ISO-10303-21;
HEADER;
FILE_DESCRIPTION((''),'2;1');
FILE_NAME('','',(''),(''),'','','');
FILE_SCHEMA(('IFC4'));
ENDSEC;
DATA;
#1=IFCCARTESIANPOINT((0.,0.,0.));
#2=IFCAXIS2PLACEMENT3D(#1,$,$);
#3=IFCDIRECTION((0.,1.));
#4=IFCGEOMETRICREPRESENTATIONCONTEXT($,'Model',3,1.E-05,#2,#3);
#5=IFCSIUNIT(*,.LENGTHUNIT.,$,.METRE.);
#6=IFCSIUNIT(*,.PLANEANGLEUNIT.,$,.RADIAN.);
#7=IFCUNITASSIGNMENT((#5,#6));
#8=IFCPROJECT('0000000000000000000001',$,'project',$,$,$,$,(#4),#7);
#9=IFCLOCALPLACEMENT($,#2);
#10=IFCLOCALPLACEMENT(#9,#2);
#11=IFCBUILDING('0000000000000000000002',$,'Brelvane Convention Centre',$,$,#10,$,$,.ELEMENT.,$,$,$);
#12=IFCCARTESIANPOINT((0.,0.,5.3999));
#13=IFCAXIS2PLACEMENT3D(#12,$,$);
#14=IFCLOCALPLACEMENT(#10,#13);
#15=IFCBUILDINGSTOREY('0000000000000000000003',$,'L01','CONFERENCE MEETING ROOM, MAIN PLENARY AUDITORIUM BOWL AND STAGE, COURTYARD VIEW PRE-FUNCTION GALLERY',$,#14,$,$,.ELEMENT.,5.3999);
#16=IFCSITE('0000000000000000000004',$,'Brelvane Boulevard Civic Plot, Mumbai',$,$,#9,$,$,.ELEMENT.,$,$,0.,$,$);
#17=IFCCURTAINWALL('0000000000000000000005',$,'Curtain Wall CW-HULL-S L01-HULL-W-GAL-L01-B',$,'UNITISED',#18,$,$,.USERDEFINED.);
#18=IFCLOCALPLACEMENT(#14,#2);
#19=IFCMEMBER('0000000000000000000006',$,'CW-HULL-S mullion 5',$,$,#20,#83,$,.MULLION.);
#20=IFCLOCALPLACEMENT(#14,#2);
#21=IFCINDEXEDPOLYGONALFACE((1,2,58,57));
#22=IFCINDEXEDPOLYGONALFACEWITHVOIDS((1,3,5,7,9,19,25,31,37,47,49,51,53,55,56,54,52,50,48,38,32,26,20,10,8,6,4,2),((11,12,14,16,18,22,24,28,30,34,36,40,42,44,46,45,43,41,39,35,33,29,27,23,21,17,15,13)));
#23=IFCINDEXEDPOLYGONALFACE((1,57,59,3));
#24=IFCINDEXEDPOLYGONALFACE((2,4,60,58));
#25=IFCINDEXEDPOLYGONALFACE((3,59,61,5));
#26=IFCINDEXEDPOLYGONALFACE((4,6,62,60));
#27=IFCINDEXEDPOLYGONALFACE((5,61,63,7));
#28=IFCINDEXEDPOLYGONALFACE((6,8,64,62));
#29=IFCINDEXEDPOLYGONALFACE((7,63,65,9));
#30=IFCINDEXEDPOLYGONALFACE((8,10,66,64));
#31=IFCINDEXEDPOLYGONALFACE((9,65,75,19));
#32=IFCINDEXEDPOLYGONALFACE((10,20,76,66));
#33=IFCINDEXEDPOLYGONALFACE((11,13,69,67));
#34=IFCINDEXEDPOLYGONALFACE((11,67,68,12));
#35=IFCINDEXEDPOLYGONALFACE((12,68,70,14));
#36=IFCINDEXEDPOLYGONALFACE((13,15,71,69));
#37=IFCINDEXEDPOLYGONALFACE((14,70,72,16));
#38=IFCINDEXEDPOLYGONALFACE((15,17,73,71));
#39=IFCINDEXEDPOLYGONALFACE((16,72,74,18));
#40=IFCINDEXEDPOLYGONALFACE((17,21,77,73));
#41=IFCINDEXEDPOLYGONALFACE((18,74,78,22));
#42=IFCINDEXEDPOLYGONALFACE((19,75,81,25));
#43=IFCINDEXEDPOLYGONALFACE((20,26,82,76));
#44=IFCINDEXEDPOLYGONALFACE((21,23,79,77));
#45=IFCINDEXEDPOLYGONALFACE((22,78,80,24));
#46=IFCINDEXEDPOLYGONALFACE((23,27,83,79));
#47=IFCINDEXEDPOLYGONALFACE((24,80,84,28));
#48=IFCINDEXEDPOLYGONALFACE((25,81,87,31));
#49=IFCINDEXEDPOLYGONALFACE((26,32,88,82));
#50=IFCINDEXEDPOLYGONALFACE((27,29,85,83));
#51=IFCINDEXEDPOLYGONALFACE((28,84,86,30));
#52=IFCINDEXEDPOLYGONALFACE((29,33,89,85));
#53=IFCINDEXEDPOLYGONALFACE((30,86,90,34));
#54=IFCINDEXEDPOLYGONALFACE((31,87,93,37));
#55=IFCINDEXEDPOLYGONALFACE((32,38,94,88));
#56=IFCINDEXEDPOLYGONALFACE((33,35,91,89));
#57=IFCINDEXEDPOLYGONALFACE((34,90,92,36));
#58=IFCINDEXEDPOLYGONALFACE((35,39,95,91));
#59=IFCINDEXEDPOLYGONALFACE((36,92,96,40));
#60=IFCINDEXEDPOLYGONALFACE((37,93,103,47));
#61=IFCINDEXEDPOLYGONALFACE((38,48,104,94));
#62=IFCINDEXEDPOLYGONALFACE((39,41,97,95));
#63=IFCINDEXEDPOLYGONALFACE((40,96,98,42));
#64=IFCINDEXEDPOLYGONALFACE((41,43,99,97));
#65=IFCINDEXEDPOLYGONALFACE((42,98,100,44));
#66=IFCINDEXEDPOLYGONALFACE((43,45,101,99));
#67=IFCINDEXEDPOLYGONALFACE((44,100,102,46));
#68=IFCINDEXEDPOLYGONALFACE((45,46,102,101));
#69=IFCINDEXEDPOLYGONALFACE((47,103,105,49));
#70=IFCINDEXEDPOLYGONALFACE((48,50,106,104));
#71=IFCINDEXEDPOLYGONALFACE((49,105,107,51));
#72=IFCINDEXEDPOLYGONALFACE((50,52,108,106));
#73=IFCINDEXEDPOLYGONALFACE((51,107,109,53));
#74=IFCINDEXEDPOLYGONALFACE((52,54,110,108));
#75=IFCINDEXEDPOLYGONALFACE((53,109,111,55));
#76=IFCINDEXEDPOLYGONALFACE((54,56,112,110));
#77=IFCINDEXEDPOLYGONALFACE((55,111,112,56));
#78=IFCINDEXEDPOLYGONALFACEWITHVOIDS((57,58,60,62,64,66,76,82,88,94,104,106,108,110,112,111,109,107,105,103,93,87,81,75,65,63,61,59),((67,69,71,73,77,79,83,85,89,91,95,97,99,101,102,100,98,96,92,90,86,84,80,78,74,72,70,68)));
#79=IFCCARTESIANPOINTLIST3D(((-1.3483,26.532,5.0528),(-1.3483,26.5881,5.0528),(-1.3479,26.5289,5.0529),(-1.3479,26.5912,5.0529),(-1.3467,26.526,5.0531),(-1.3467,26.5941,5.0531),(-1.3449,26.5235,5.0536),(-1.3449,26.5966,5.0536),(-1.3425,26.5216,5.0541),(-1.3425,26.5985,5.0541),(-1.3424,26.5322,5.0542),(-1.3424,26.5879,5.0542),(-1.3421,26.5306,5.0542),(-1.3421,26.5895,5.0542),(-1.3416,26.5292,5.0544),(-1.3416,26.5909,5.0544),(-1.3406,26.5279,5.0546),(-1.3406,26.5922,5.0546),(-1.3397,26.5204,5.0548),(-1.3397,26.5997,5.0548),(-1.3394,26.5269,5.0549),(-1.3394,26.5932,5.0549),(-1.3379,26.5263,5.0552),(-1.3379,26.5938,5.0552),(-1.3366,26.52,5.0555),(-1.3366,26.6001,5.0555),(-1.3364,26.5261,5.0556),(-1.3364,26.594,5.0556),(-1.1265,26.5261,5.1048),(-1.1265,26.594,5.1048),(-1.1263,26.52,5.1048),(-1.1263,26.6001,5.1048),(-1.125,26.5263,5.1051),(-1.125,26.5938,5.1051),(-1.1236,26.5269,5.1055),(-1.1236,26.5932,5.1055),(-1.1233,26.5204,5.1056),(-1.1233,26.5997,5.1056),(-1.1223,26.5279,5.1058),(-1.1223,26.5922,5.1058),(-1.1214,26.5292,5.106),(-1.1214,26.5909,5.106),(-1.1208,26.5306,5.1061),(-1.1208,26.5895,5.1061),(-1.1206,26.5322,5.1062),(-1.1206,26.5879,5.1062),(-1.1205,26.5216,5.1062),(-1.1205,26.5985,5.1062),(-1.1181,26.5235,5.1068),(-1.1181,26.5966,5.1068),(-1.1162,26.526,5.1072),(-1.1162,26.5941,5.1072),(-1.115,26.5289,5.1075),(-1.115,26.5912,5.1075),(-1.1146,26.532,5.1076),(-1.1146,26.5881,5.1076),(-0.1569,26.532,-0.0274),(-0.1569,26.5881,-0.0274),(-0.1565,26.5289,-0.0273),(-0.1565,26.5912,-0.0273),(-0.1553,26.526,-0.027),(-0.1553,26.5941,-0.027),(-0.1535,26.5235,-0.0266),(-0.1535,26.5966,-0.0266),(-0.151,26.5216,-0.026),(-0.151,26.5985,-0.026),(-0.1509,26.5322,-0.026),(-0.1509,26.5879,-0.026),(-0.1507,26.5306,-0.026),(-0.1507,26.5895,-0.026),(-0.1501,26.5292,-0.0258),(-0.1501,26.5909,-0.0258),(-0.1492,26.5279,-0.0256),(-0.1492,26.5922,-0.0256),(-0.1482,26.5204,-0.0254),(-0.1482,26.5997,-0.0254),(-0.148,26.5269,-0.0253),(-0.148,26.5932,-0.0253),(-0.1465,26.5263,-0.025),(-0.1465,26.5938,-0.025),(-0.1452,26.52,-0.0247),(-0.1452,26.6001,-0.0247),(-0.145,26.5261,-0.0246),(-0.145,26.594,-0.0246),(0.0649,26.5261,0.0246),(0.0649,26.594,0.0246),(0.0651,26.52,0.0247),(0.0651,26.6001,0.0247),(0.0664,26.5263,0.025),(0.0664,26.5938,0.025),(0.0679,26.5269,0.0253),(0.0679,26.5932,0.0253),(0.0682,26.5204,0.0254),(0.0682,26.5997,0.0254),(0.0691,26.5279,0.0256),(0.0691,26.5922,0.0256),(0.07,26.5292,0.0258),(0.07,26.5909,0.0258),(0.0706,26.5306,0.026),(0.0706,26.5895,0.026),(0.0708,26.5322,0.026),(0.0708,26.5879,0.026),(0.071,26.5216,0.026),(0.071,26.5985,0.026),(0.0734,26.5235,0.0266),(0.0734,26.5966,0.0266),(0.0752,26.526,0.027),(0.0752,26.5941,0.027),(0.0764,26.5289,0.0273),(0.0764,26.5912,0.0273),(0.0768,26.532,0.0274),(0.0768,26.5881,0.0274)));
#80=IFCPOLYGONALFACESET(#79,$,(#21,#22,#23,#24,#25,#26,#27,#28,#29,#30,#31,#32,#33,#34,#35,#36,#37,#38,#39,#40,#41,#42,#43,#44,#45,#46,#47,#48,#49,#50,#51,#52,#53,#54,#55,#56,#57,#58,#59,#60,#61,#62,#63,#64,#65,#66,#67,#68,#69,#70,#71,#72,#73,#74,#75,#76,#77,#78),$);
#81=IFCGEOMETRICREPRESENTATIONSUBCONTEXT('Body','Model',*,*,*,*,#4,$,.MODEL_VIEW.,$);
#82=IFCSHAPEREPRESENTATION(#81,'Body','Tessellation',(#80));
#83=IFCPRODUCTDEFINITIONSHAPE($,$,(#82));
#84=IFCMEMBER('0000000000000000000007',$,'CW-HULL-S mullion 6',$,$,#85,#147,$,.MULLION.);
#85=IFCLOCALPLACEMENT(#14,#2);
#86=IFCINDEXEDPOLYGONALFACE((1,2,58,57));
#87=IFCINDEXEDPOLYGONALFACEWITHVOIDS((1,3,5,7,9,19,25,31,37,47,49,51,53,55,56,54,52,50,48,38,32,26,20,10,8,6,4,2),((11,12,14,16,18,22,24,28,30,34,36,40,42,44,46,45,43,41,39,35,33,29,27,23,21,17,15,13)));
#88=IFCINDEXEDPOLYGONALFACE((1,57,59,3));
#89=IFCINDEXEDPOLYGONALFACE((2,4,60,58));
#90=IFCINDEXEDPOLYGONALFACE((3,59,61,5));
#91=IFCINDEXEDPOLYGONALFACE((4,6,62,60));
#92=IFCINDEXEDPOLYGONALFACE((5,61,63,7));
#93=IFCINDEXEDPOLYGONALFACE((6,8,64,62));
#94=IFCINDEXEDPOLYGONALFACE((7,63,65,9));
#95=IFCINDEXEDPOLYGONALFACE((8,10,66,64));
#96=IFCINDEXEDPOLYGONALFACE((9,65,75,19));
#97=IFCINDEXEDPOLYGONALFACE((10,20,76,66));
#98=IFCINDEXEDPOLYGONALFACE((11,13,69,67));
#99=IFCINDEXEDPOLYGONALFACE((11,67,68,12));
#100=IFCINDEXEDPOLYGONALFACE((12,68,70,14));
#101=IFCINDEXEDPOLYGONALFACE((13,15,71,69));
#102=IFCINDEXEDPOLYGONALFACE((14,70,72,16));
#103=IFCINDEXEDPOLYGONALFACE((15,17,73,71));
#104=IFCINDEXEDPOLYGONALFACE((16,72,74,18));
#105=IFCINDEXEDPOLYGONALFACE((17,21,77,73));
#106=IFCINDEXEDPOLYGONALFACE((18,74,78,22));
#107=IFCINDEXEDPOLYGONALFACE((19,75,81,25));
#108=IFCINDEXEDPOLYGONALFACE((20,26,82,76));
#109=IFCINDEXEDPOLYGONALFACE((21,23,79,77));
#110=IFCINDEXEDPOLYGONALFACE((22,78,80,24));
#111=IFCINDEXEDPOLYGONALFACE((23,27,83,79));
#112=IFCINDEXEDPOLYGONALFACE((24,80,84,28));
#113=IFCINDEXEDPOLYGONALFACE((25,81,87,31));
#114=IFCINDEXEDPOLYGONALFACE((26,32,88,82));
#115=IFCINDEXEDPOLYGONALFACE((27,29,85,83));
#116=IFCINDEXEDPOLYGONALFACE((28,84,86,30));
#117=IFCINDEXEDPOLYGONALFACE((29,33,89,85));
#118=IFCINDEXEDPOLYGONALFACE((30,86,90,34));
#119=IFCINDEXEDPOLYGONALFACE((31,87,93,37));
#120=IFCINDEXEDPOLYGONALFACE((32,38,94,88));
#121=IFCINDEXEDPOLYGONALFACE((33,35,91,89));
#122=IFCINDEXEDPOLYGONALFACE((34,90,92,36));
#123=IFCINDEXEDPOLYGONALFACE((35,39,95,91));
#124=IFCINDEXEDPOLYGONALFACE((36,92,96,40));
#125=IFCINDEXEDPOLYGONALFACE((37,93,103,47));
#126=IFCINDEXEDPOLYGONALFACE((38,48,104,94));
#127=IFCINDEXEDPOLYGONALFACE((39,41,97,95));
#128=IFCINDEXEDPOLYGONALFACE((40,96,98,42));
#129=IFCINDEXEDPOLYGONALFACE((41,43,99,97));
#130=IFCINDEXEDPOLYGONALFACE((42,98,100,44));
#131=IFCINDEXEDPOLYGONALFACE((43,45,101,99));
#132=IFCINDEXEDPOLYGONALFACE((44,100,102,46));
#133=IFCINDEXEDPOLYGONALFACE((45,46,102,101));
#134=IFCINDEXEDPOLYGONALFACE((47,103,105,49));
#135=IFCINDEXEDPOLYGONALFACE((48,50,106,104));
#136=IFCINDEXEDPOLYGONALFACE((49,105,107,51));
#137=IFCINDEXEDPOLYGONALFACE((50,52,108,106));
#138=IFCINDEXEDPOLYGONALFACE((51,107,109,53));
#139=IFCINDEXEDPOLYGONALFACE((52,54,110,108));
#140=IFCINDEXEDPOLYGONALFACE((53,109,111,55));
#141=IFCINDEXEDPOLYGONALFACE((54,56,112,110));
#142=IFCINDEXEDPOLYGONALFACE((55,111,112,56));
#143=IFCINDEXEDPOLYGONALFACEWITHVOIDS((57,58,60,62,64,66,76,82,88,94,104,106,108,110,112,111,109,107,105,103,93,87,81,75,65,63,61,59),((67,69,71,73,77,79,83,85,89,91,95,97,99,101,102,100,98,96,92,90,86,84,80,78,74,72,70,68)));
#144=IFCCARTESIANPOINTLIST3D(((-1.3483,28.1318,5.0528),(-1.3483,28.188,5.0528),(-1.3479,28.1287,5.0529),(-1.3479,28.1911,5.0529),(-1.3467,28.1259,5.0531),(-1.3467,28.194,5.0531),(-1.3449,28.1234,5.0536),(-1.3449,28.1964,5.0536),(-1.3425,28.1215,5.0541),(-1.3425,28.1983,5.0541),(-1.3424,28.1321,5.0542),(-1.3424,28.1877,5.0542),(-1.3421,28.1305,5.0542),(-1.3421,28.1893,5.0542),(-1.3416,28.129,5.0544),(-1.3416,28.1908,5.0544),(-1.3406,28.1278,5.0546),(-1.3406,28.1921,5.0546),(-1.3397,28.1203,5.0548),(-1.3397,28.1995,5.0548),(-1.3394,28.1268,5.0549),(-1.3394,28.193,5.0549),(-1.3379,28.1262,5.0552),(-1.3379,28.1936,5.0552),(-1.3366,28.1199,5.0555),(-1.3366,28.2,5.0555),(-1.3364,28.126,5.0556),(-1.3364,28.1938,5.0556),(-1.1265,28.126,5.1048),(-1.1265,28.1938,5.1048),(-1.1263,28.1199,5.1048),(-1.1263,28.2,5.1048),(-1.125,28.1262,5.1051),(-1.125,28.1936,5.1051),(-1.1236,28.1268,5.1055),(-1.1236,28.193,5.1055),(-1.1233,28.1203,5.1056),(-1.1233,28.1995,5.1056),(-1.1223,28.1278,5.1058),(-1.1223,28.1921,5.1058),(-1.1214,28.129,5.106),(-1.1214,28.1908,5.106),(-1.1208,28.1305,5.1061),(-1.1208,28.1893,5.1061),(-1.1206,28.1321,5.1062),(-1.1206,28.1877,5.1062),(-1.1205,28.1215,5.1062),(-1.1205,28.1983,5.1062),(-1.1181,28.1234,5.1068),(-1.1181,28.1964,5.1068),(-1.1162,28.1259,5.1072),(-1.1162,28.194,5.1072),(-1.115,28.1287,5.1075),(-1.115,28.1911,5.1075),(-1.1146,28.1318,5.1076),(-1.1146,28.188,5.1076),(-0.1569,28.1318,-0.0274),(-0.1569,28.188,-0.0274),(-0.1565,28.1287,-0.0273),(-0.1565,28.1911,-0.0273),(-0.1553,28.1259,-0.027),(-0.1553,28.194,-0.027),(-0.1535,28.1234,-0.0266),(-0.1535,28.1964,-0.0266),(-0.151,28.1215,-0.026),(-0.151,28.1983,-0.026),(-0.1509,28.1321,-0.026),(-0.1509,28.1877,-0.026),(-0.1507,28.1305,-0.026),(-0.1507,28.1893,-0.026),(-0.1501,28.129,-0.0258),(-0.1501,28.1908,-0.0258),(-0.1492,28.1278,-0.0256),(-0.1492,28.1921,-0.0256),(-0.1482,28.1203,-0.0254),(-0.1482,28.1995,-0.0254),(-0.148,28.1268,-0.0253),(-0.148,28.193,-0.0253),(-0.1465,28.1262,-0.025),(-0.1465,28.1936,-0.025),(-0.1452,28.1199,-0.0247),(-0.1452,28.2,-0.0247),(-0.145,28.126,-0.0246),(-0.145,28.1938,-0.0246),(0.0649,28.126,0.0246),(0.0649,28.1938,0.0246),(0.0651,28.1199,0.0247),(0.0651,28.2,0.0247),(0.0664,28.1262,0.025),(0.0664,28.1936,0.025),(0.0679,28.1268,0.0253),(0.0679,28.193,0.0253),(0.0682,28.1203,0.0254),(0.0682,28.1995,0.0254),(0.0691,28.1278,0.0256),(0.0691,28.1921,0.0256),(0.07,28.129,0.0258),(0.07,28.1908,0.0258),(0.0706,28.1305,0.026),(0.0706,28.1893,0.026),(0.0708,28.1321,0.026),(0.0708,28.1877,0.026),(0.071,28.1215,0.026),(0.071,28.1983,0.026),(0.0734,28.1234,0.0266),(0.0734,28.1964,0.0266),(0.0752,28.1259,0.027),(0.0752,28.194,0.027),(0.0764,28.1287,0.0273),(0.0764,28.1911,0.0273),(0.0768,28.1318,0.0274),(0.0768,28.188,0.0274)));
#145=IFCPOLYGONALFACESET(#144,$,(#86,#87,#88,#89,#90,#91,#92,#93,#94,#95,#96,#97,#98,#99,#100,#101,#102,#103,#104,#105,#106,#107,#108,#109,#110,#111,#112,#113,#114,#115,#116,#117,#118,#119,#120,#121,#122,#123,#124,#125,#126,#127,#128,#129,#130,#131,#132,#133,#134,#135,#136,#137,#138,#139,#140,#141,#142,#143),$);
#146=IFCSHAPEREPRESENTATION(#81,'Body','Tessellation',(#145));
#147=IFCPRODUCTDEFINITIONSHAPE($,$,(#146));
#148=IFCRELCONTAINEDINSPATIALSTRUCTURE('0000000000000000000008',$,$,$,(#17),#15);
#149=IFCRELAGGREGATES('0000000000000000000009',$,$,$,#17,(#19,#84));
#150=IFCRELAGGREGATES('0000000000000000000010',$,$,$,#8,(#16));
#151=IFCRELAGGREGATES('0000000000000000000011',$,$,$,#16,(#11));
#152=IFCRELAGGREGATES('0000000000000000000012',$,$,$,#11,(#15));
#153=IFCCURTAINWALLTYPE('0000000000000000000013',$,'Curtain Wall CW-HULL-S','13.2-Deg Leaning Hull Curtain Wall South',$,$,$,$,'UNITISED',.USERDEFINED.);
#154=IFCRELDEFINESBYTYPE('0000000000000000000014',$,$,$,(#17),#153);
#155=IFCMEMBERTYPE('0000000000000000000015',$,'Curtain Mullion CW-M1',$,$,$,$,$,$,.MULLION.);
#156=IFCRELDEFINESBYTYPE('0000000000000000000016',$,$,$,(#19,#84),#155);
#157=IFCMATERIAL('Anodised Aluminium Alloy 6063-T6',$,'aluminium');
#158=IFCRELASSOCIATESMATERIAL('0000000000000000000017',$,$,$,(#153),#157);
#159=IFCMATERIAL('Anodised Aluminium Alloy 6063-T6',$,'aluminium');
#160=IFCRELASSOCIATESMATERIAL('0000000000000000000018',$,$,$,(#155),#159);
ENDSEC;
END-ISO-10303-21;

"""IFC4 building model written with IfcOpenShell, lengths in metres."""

from ifc_helpers import new_model, si_unit, direction, frame, origin, origin_2d, place, context, subcontext, project, spatial, hollow_rectangle, extrude, material, material_profile, profile_set, type_object, element, aggregate, save


model = new_model("IFC4")

# Units and contexts
model_context = context("Model", 3, precision=1e-05, world=origin(), true_north=direction((0.0, 1.0)))
body_context = subcontext(model_context, "Body", "Model", "MODEL_VIEW")
ifc_project = project(units=[si_unit("LENGTHUNIT", "METRE"), si_unit("PLANEANGLEUNIT", "RADIAN")], contexts=[model_context])

# Site, building, storey
site_placement = place(None, origin())
site = spatial("IfcSite", under=ifc_project, at=site_placement, Name="Brelvane Boulevard Civic Plot, Mumbai", CompositionType="ELEMENT", RefElevation=0.0)
building_placement = place(site_placement, origin())
building = spatial("IfcBuilding", under=site, at=building_placement, Name="Brelvane Convention Centre", CompositionType="ELEMENT")
storey_placement = place(building_placement, frame((0.0, 0.0, 5.3999)))
storey = spatial("IfcBuildingStorey", under=building, at=storey_placement, Name="L01", Description="CONFERENCE MEETING ROOM, MAIN PLENARY AUDITORIUM BOWL AND STAGE, COURTYARD VIEW PRE-FUNCTION GALLERY", CompositionType="ELEMENT", Elevation=5.3999)

# Curtain wall, members
ifc_material_1 = material(Name="Anodised Aluminium Alloy 6063-T6", Category="aluminium")
curtain_wall_type = type_object("IfcCurtainWallType", Name="Curtain Wall CW-HULL-S", Description="13.2-Deg Leaning Hull Curtain Wall South", ElementType="UNITISED", PredefinedType="USERDEFINED", material=ifc_material_1)
curtain_wall_1_placement = place(storey_placement, origin())
curtain_wall_1 = element("IfcCurtainWall", 1, at=curtain_wall_1_placement, inside=storey, type_object=curtain_wall_type, Name="Curtain Wall CW-HULL-S L01-HULL-W-GAL-L01-B", ObjectType="UNITISED", PredefinedType="USERDEFINED")
ifc_material_2 = material(Name="Anodised Aluminium Alloy 6063-T6", Category="aluminium")
ifc_material_profile_1 = material_profile(ifc_material_2, hollow_rectangle(XDim=0.0801, YDim=0.24, WallThickness=0.0061, InnerFilletRadius=0.0061, OuterFilletRadius=0.012, at=origin_2d()), Name="ALU-M 240x80x6.0")
ifc_profile_set_1 = profile_set([ifc_material_profile_1], Name="Anodised Aluminium Alloy 6063-T6")
member_type_1 = type_object("IfcMemberType", Name="Curtain Mullion CW-M1", PredefinedType="MULLION", material=ifc_profile_set_1)
member_1_placement = place(storey_placement, frame((-0.04, 26.5601, 0.0), z_axis=(-0.22833, 0.0, 0.973584), x_axis=(0.0, -1.0, 0.0)))
member_1 = element("IfcMember", 2, at=member_1_placement, type_object=member_type_1, Name="CW-HULL-S mullion 5", PredefinedType="MULLION", context=body_context, shape_type="SweptSolid", body=[
    extrude(hollow_rectangle(XDim=0.0801, YDim=0.24, WallThickness=0.0061, InnerFilletRadius=0.0061, OuterFilletRadius=0.012, at=origin_2d()), origin(), (0.0, 0.0, 1.0), 5.218),
])
member_2_placement = place(storey_placement, frame((-0.04, 28.1599, 0.0), z_axis=(-0.22833, 0.0, 0.973584), x_axis=(0.0, -1.0, 0.0)))
member_2 = element("IfcMember", 3, at=member_2_placement, type_object=member_type_1, Name="CW-HULL-S mullion 6", PredefinedType="MULLION", context=body_context, shape_type="SweptSolid", body=[
    extrude(hollow_rectangle(XDim=0.0801, YDim=0.24, WallThickness=0.0061, InnerFilletRadius=0.0061, OuterFilletRadius=0.012, at=origin_2d()), origin(), (0.0, 0.0, 1.0), 5.218),
])

aggregate(curtain_wall_1, [member_1, member_2])

save(model, "model.ifc")
